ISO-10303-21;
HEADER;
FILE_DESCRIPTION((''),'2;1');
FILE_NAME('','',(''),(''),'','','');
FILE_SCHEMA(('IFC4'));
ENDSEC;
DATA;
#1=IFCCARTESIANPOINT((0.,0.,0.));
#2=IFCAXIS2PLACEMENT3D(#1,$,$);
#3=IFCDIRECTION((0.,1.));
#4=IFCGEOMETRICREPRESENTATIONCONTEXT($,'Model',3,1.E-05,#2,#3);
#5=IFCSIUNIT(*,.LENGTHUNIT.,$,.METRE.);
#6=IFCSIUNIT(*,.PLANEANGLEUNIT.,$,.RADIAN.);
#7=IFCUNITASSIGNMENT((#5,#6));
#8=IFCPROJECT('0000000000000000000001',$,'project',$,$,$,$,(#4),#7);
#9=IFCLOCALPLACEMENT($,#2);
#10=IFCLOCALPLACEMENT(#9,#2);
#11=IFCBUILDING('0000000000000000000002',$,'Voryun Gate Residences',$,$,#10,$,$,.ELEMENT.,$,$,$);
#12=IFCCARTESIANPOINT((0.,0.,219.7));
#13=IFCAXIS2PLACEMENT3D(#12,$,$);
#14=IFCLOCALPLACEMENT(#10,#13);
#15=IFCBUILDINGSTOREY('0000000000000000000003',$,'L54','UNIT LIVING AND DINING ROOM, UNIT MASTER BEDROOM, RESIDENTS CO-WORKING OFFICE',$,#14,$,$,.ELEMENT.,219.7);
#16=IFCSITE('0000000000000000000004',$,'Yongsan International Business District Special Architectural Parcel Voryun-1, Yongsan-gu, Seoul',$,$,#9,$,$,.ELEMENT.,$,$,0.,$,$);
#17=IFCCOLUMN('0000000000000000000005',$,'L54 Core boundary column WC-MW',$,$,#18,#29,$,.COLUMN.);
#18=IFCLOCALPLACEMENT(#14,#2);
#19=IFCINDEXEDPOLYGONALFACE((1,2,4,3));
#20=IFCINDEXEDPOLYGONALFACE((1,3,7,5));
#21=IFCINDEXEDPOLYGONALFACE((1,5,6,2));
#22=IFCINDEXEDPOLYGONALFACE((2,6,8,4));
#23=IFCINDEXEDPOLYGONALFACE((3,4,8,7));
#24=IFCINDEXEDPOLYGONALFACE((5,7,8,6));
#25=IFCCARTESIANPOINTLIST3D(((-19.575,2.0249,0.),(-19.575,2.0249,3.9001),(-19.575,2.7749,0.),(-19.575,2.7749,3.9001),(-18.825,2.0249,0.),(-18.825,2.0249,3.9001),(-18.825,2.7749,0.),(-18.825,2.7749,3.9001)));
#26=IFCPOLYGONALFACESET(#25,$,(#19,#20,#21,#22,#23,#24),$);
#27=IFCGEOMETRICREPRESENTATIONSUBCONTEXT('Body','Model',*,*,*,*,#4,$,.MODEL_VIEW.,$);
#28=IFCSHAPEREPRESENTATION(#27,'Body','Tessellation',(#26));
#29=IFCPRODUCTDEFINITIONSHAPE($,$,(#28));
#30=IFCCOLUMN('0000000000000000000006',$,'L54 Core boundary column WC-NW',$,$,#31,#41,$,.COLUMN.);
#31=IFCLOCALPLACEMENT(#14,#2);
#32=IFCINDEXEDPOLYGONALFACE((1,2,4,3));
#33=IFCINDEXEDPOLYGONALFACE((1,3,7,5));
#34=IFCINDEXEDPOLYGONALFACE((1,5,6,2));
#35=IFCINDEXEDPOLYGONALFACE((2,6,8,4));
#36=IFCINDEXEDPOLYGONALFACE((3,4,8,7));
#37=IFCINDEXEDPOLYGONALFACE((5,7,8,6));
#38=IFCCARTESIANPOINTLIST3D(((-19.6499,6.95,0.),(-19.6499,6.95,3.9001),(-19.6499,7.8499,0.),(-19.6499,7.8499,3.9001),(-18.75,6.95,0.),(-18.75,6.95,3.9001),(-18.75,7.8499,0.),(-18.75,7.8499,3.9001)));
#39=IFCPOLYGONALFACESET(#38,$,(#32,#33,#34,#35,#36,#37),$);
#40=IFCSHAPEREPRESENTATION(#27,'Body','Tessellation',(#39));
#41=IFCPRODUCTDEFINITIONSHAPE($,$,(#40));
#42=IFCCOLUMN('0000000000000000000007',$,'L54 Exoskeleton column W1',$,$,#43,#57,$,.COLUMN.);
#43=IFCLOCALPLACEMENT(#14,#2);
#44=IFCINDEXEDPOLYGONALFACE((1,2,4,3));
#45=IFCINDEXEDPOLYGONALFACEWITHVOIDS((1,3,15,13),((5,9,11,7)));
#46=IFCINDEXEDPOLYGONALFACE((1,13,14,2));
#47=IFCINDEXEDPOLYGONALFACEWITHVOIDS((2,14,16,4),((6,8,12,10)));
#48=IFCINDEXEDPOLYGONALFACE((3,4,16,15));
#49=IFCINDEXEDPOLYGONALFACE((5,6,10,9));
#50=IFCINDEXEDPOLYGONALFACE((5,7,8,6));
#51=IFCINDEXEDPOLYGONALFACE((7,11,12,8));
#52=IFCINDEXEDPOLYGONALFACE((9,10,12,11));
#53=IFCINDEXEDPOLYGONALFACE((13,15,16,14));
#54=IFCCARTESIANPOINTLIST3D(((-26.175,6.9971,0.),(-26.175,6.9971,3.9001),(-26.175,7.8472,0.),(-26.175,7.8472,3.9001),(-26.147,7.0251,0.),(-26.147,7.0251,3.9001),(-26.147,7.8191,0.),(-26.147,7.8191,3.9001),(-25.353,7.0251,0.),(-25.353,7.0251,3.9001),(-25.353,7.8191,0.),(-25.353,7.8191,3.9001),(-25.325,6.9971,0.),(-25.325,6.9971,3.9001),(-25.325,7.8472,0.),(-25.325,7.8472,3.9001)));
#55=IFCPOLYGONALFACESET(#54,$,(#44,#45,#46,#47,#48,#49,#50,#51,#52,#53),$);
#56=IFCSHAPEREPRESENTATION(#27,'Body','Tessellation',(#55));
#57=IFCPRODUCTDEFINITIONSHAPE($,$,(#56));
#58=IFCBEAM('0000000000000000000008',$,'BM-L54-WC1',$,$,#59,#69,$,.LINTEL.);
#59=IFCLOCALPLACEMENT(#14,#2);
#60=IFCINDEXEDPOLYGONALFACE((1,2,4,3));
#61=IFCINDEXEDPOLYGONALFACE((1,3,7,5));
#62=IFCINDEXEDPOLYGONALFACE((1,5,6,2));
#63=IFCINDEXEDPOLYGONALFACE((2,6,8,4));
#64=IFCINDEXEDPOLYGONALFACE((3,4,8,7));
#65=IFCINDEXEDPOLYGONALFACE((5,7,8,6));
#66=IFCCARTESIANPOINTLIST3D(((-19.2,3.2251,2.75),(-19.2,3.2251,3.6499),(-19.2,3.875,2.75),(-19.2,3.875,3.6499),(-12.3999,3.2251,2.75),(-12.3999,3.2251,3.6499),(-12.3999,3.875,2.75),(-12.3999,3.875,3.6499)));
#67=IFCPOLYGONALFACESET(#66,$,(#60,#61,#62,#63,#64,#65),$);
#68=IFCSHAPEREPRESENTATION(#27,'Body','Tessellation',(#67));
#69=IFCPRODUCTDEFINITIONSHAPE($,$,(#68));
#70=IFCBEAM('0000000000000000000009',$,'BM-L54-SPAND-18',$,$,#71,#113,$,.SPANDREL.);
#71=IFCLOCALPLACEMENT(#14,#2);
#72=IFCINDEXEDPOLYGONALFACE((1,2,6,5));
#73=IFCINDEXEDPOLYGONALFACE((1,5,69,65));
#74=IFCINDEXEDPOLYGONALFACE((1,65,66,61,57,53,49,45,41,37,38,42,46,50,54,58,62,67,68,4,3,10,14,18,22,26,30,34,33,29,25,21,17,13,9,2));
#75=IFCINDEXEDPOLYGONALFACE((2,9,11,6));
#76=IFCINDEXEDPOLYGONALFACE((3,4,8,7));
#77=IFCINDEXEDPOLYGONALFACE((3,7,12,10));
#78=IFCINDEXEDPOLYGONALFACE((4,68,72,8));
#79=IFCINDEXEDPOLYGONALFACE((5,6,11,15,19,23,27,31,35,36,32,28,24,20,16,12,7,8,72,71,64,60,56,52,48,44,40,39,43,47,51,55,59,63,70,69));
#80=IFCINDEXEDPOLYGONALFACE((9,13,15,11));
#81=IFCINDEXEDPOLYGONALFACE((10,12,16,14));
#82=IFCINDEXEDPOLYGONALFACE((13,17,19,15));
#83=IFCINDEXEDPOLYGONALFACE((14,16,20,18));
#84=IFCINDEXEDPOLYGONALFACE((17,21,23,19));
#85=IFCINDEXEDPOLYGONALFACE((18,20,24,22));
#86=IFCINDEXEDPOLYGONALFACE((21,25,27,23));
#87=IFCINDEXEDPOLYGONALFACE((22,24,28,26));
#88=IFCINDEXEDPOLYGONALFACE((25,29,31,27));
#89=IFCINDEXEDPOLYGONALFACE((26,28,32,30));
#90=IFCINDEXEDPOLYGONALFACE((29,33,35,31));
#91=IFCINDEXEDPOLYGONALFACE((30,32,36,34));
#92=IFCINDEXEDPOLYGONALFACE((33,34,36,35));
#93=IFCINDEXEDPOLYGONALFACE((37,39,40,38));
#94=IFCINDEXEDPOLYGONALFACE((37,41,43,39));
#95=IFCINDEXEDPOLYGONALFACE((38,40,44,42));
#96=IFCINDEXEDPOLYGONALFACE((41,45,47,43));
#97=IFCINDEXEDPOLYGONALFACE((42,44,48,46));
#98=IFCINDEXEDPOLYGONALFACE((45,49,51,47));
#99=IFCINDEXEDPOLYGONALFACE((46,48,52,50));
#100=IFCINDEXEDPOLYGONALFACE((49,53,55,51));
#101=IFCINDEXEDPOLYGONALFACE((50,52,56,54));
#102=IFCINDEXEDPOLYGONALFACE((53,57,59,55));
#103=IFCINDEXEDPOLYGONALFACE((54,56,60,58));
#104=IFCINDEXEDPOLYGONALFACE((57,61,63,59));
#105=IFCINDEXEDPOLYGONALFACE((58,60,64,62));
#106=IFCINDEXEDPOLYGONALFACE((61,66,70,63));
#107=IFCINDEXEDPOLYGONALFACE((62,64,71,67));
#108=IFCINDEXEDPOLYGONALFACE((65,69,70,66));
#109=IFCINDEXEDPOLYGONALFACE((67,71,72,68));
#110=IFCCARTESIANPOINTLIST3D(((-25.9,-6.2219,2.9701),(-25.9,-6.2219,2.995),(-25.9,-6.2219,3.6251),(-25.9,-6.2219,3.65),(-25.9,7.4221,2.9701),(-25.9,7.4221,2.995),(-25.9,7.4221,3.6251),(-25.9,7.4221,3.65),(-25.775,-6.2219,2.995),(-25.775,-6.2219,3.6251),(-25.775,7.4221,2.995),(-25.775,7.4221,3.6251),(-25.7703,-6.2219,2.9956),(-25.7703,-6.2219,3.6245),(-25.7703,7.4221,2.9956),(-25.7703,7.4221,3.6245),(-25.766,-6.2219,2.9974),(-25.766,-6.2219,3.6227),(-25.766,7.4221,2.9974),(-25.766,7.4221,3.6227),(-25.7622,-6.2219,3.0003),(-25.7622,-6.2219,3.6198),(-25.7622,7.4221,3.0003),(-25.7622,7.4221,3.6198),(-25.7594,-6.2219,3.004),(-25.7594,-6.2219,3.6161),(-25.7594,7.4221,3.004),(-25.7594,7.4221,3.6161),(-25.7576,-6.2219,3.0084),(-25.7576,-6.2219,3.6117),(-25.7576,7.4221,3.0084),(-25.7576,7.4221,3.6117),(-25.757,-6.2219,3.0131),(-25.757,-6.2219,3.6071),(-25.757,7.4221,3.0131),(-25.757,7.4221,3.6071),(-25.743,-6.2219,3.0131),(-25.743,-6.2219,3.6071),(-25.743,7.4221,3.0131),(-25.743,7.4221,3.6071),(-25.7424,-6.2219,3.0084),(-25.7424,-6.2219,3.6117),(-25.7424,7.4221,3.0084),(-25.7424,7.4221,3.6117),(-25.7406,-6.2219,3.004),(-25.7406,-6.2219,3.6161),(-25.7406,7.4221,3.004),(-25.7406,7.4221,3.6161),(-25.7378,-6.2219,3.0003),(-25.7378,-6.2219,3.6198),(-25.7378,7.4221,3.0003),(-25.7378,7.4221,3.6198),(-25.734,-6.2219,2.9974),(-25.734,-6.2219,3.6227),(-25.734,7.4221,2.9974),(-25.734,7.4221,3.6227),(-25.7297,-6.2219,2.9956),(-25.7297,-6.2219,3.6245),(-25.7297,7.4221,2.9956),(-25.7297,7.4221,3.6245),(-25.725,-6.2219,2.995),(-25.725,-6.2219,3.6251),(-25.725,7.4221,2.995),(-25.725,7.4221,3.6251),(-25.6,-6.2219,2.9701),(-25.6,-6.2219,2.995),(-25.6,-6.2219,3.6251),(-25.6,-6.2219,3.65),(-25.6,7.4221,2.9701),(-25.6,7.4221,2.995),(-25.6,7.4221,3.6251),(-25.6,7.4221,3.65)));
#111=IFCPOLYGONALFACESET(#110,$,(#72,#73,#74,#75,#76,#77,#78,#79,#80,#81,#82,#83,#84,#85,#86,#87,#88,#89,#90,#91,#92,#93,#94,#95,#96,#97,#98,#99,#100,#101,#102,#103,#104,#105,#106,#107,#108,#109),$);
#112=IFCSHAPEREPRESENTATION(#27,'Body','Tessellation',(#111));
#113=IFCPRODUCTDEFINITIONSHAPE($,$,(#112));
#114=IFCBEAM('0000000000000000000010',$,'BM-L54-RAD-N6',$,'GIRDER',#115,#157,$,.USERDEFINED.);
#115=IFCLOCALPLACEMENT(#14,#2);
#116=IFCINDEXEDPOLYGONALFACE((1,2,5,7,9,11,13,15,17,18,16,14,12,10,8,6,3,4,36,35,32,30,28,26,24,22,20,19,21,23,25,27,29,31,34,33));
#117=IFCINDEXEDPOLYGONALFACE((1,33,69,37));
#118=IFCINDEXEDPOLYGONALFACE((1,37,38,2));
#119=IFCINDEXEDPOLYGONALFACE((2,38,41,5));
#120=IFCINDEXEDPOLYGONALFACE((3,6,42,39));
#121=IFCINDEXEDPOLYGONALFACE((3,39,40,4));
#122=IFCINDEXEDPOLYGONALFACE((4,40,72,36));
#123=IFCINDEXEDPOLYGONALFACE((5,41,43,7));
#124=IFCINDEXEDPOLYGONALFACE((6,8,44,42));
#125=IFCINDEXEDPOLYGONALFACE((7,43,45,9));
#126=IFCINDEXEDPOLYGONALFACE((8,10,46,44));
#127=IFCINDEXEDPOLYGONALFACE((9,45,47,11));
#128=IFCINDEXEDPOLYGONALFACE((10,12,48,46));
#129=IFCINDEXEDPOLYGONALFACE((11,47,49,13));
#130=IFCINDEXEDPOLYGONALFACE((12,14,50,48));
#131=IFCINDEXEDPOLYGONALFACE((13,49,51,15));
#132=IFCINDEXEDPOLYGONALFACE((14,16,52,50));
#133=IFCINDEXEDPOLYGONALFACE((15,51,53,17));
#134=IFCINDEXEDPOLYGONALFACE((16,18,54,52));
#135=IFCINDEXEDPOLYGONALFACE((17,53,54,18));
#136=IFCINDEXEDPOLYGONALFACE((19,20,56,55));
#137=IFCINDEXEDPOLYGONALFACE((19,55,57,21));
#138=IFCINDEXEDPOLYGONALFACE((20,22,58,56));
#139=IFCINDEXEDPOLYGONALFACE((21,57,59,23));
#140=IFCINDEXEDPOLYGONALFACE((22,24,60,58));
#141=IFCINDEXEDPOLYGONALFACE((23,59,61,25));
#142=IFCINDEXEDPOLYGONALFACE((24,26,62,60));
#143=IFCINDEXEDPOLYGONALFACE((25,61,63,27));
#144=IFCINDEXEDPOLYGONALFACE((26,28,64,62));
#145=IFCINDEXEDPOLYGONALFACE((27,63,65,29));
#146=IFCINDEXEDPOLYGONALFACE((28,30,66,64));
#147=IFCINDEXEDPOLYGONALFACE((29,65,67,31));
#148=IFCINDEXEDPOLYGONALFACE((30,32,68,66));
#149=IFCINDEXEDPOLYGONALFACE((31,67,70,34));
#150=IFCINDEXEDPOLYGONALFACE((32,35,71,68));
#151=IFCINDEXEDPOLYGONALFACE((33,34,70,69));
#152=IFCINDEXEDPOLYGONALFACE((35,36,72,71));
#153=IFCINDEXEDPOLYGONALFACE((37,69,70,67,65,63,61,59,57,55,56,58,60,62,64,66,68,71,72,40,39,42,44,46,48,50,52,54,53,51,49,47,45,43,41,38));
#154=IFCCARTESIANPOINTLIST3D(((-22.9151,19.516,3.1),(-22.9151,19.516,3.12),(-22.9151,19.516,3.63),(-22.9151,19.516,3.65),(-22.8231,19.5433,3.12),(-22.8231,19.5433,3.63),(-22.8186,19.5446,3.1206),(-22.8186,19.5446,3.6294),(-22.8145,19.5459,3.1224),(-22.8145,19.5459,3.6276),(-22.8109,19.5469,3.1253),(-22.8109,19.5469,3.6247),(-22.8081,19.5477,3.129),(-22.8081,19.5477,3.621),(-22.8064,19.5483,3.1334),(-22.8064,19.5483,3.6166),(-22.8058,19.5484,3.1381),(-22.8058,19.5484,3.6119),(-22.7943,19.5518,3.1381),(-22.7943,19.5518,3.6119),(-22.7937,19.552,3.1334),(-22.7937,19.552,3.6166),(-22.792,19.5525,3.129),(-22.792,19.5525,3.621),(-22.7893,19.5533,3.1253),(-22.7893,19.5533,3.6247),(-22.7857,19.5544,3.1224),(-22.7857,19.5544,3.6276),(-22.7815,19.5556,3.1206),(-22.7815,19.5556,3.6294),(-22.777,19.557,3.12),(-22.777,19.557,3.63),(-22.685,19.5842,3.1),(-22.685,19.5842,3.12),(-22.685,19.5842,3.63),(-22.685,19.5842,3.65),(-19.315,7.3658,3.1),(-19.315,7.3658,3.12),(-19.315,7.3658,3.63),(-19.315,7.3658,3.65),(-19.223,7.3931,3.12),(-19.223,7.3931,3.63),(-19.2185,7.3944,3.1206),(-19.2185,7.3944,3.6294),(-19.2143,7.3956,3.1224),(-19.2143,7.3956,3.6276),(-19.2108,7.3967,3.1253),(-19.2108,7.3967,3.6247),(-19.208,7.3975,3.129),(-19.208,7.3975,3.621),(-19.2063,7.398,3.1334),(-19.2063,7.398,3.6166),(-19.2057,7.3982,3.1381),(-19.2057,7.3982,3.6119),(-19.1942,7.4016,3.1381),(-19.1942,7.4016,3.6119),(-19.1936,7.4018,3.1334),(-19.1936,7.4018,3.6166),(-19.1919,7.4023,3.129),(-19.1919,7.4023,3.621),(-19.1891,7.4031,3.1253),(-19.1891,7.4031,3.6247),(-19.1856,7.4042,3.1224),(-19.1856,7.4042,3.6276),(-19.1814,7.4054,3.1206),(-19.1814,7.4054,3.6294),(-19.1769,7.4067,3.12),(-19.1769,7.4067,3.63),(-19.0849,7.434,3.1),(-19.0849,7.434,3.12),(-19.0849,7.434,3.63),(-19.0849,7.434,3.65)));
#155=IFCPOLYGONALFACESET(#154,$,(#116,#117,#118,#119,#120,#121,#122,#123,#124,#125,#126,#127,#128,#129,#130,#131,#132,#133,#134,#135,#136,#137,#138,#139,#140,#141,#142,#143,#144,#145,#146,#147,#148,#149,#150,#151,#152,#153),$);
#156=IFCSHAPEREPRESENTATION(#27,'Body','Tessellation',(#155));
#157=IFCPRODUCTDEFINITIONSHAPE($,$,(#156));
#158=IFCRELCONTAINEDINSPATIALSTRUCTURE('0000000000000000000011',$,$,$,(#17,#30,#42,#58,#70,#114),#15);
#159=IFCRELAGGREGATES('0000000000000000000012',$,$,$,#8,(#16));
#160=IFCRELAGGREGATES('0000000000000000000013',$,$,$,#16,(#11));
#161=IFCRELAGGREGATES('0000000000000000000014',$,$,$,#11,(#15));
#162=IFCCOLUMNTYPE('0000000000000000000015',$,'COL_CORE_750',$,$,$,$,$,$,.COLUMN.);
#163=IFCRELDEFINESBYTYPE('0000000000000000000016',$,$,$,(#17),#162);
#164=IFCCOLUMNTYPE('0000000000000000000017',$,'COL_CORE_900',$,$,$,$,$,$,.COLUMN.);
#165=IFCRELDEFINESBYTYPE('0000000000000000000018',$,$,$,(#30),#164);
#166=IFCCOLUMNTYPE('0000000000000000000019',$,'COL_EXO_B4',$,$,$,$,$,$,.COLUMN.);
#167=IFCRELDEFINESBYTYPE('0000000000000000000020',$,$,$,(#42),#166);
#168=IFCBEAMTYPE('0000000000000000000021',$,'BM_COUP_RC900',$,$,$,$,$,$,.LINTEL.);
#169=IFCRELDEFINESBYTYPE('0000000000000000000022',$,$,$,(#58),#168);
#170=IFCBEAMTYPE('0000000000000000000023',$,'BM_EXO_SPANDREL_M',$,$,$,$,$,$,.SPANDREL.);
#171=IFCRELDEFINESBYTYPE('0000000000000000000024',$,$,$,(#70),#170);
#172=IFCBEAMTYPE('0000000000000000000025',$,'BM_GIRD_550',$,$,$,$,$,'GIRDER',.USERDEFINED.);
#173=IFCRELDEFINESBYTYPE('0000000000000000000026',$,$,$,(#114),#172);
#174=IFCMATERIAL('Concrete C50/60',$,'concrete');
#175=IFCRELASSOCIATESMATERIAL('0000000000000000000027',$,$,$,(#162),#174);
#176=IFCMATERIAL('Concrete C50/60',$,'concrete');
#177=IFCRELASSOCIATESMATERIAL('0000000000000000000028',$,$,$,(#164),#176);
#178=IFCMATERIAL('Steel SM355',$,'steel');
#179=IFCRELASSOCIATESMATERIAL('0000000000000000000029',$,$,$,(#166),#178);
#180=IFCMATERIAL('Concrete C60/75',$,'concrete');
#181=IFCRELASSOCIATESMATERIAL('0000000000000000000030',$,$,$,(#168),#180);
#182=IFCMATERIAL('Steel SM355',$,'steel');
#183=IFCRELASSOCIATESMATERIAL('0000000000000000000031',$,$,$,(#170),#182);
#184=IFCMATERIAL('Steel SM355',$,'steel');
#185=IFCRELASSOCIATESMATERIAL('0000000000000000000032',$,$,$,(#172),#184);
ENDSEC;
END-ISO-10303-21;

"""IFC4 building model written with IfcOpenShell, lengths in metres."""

from ifc_helpers import new_model, si_unit, direction, frame, origin, origin_2d, place, context, subcontext, project, spatial, rectangle, hollow_rectangle, i_section, extrude, material, material_profile, profile_set, type_object, element, save


model = new_model("IFC4")

# Units and contexts
model_context = context("Model", 3, precision=1e-05, world=origin(), true_north=direction((0.0, 1.0)))
body_context = subcontext(model_context, "Body", "Model", "MODEL_VIEW")
ifc_project = project(units=[si_unit("LENGTHUNIT", "METRE"), si_unit("PLANEANGLEUNIT", "RADIAN")], contexts=[model_context])

# Site, building, storey
site_placement = place(None, origin())
site = spatial("IfcSite", under=ifc_project, at=site_placement, Name="Yongsan International Business District Special Architectural Parcel Voryun-1, Yongsan-gu, Seoul", CompositionType="ELEMENT", RefElevation=0.0)
building_placement = place(site_placement, origin())
building = spatial("IfcBuilding", under=site, at=building_placement, Name="Voryun Gate Residences", CompositionType="ELEMENT")
storey_placement = place(building_placement, frame((0.0, 0.0, 219.7)))
storey = spatial("IfcBuildingStorey", under=building, at=storey_placement, Name="L54", Description="UNIT LIVING AND DINING ROOM, UNIT MASTER BEDROOM, RESIDENTS CO-WORKING OFFICE", CompositionType="ELEMENT", Elevation=219.7)

# Columns
ifc_material_1 = material(Name="Concrete C50/60", Category="concrete")
ifc_material_profile_1 = material_profile(ifc_material_1, rectangle(XDim=0.75, YDim=0.75, at=origin_2d()), Name="RC-750x750")
ifc_profile_set_1 = profile_set([ifc_material_profile_1], Name="Concrete C50/60")
column_type_1 = type_object("IfcColumnType", Name="COL_CORE_750", PredefinedType="COLUMN", material=ifc_profile_set_1)
column_1_placement = place(storey_placement, frame((-19.2, 2.3999, 0.0), z_axis=(0.0, 0.0, 1.0), x_axis=(1.0, 0.0, 0.0)))
element("IfcColumn", 1, at=column_1_placement, inside=storey, type_object=column_type_1, Name="L54 Core boundary column WC-MW", PredefinedType="COLUMN", context=body_context, shape_type="SweptSolid", body=[
    extrude(rectangle(XDim=0.75, YDim=0.75, at=origin_2d()), origin(), (0.0, 0.0, 1.0), 3.9001),
])
ifc_material_2 = material(Name="Concrete C50/60", Category="concrete")
ifc_material_profile_2 = material_profile(ifc_material_2, rectangle(XDim=0.8999, YDim=0.8999, at=origin_2d()), Name="RC-900x900")
ifc_profile_set_2 = profile_set([ifc_material_profile_2], Name="Concrete C50/60")
column_type_2 = type_object("IfcColumnType", Name="COL_CORE_900", PredefinedType="COLUMN", material=ifc_profile_set_2)
column_2_placement = place(storey_placement, frame((-19.2, 7.3999, 0.0), z_axis=(0.0, 0.0, 1.0), x_axis=(1.0, 0.0, 0.0)))
element("IfcColumn", 2, at=column_2_placement, inside=storey, type_object=column_type_2, Name="L54 Core boundary column WC-NW", PredefinedType="COLUMN", context=body_context, shape_type="SweptSolid", body=[
    extrude(rectangle(XDim=0.8999, YDim=0.8999, at=origin_2d()), origin(), (0.0, 0.0, 1.0), 3.9001),
])
ifc_material_3 = material(Name="Steel SM355", Category="steel")
ifc_material_profile_3 = material_profile(ifc_material_3, hollow_rectangle(XDim=0.8501, YDim=0.8501, WallThickness=0.0281, at=origin_2d()), Name="BOX-850x850x28")
ifc_profile_set_3 = profile_set([ifc_material_profile_3], Name="Steel SM355")
column_type_3 = type_object("IfcColumnType", Name="COL_EXO_B4", PredefinedType="COLUMN", material=ifc_profile_set_3)
column_3_placement = place(storey_placement, frame((-25.75, 7.4221, 0.0), z_axis=(0.0, 0.0, 1.0), x_axis=(1.0, 0.0, 0.0)))
element("IfcColumn", 3, at=column_3_placement, inside=storey, type_object=column_type_3, Name="L54 Exoskeleton column W1", PredefinedType="COLUMN", context=body_context, shape_type="SweptSolid", body=[
    extrude(hollow_rectangle(XDim=0.8501, YDim=0.8501, WallThickness=0.0281, at=origin_2d()), origin(), (0.0, 0.0, 1.0), 3.9001),
])

# Beams
ifc_material_4 = material(Name="Concrete C60/75", Category="concrete")
ifc_material_profile_4 = material_profile(ifc_material_4, rectangle(XDim=0.6499, YDim=0.8999, at=origin_2d()), Name="RC-650x900")
ifc_profile_set_4 = profile_set([ifc_material_profile_4], Name="Concrete C60/75")
beam_type_1 = type_object("IfcBeamType", Name="BM_COUP_RC900", PredefinedType="LINTEL", material=ifc_profile_set_4)
beam_1_placement = place(storey_placement, frame((-19.2, 3.55, 3.2), z_axis=(1.0, 0.0, 0.0), x_axis=(0.0, 1.0, 0.0)))
element("IfcBeam", 4, at=beam_1_placement, inside=storey, type_object=beam_type_1, Name="BM-L54-WC1", PredefinedType="LINTEL", context=body_context, shape_type="SweptSolid", body=[
    extrude(rectangle(XDim=0.6499, YDim=0.8999, at=origin_2d()), origin(), (0.0, 0.0, 1.0), 6.8),
])
ifc_material_5 = material(Name="Steel SM355", Category="steel")
ifc_material_profile_5 = material_profile(ifc_material_5, i_section(OverallWidth=0.3, OverallDepth=0.6799, WebThickness=0.0139, FlangeThickness=0.0249, FilletRadius=0.0181, at=origin_2d()), Name="H-680x300x14x25")
ifc_profile_set_5 = profile_set([ifc_material_profile_5], Name="Steel SM355")
beam_type_2 = type_object("IfcBeamType", Name="BM_EXO_SPANDREL_M", PredefinedType="SPANDREL", material=ifc_profile_set_5)
beam_2_placement = place(storey_placement, frame((-25.75, 7.4221, 3.3101), z_axis=(0.0, -1.0, 0.0), x_axis=(1.0, 0.0, 0.0)))
element("IfcBeam", 5, at=beam_2_placement, inside=storey, type_object=beam_type_2, Name="BM-L54-SPAND-18", PredefinedType="SPANDREL", context=body_context, shape_type="SweptSolid", body=[
    extrude(i_section(OverallWidth=0.3, OverallDepth=0.6799, WebThickness=0.0139, FlangeThickness=0.0249, FilletRadius=0.0181, at=origin_2d()), origin(), (0.0, 0.0, 1.0), 13.644),
])
ifc_material_6 = material(Name="Steel SM355", Category="steel")
ifc_material_profile_6 = material_profile(ifc_material_6, i_section(OverallWidth=0.24, OverallDepth=0.55, WebThickness=0.012, FlangeThickness=0.02, FilletRadius=0.0181, at=origin_2d()), Name="H-550x240x12x20")
ifc_profile_set_6 = profile_set([ifc_material_profile_6], Name="Steel SM355")
beam_type_3 = type_object("IfcBeamType", Name="BM_GIRD_550", ElementType="GIRDER", PredefinedType="USERDEFINED", material=ifc_profile_set_6)
beam_3_placement = place(storey_placement, frame((-19.2, 7.3999, 3.375), z_axis=(-0.284092, 0.958797, 0.0), x_axis=(-0.958797, -0.284092, 0.0)))
element("IfcBeam", 6, at=beam_3_placement, inside=storey, type_object=beam_type_3, Name="BM-L54-RAD-N6", ObjectType="GIRDER", PredefinedType="USERDEFINED", context=body_context, shape_type="SweptSolid", body=[
    extrude(i_section(OverallWidth=0.24, OverallDepth=0.55, WebThickness=0.012, FlangeThickness=0.02, FilletRadius=0.0181, at=origin_2d()), origin(), (0.0, 0.0, 1.0), 12.6724),
])

save(model, "model.ifc")
